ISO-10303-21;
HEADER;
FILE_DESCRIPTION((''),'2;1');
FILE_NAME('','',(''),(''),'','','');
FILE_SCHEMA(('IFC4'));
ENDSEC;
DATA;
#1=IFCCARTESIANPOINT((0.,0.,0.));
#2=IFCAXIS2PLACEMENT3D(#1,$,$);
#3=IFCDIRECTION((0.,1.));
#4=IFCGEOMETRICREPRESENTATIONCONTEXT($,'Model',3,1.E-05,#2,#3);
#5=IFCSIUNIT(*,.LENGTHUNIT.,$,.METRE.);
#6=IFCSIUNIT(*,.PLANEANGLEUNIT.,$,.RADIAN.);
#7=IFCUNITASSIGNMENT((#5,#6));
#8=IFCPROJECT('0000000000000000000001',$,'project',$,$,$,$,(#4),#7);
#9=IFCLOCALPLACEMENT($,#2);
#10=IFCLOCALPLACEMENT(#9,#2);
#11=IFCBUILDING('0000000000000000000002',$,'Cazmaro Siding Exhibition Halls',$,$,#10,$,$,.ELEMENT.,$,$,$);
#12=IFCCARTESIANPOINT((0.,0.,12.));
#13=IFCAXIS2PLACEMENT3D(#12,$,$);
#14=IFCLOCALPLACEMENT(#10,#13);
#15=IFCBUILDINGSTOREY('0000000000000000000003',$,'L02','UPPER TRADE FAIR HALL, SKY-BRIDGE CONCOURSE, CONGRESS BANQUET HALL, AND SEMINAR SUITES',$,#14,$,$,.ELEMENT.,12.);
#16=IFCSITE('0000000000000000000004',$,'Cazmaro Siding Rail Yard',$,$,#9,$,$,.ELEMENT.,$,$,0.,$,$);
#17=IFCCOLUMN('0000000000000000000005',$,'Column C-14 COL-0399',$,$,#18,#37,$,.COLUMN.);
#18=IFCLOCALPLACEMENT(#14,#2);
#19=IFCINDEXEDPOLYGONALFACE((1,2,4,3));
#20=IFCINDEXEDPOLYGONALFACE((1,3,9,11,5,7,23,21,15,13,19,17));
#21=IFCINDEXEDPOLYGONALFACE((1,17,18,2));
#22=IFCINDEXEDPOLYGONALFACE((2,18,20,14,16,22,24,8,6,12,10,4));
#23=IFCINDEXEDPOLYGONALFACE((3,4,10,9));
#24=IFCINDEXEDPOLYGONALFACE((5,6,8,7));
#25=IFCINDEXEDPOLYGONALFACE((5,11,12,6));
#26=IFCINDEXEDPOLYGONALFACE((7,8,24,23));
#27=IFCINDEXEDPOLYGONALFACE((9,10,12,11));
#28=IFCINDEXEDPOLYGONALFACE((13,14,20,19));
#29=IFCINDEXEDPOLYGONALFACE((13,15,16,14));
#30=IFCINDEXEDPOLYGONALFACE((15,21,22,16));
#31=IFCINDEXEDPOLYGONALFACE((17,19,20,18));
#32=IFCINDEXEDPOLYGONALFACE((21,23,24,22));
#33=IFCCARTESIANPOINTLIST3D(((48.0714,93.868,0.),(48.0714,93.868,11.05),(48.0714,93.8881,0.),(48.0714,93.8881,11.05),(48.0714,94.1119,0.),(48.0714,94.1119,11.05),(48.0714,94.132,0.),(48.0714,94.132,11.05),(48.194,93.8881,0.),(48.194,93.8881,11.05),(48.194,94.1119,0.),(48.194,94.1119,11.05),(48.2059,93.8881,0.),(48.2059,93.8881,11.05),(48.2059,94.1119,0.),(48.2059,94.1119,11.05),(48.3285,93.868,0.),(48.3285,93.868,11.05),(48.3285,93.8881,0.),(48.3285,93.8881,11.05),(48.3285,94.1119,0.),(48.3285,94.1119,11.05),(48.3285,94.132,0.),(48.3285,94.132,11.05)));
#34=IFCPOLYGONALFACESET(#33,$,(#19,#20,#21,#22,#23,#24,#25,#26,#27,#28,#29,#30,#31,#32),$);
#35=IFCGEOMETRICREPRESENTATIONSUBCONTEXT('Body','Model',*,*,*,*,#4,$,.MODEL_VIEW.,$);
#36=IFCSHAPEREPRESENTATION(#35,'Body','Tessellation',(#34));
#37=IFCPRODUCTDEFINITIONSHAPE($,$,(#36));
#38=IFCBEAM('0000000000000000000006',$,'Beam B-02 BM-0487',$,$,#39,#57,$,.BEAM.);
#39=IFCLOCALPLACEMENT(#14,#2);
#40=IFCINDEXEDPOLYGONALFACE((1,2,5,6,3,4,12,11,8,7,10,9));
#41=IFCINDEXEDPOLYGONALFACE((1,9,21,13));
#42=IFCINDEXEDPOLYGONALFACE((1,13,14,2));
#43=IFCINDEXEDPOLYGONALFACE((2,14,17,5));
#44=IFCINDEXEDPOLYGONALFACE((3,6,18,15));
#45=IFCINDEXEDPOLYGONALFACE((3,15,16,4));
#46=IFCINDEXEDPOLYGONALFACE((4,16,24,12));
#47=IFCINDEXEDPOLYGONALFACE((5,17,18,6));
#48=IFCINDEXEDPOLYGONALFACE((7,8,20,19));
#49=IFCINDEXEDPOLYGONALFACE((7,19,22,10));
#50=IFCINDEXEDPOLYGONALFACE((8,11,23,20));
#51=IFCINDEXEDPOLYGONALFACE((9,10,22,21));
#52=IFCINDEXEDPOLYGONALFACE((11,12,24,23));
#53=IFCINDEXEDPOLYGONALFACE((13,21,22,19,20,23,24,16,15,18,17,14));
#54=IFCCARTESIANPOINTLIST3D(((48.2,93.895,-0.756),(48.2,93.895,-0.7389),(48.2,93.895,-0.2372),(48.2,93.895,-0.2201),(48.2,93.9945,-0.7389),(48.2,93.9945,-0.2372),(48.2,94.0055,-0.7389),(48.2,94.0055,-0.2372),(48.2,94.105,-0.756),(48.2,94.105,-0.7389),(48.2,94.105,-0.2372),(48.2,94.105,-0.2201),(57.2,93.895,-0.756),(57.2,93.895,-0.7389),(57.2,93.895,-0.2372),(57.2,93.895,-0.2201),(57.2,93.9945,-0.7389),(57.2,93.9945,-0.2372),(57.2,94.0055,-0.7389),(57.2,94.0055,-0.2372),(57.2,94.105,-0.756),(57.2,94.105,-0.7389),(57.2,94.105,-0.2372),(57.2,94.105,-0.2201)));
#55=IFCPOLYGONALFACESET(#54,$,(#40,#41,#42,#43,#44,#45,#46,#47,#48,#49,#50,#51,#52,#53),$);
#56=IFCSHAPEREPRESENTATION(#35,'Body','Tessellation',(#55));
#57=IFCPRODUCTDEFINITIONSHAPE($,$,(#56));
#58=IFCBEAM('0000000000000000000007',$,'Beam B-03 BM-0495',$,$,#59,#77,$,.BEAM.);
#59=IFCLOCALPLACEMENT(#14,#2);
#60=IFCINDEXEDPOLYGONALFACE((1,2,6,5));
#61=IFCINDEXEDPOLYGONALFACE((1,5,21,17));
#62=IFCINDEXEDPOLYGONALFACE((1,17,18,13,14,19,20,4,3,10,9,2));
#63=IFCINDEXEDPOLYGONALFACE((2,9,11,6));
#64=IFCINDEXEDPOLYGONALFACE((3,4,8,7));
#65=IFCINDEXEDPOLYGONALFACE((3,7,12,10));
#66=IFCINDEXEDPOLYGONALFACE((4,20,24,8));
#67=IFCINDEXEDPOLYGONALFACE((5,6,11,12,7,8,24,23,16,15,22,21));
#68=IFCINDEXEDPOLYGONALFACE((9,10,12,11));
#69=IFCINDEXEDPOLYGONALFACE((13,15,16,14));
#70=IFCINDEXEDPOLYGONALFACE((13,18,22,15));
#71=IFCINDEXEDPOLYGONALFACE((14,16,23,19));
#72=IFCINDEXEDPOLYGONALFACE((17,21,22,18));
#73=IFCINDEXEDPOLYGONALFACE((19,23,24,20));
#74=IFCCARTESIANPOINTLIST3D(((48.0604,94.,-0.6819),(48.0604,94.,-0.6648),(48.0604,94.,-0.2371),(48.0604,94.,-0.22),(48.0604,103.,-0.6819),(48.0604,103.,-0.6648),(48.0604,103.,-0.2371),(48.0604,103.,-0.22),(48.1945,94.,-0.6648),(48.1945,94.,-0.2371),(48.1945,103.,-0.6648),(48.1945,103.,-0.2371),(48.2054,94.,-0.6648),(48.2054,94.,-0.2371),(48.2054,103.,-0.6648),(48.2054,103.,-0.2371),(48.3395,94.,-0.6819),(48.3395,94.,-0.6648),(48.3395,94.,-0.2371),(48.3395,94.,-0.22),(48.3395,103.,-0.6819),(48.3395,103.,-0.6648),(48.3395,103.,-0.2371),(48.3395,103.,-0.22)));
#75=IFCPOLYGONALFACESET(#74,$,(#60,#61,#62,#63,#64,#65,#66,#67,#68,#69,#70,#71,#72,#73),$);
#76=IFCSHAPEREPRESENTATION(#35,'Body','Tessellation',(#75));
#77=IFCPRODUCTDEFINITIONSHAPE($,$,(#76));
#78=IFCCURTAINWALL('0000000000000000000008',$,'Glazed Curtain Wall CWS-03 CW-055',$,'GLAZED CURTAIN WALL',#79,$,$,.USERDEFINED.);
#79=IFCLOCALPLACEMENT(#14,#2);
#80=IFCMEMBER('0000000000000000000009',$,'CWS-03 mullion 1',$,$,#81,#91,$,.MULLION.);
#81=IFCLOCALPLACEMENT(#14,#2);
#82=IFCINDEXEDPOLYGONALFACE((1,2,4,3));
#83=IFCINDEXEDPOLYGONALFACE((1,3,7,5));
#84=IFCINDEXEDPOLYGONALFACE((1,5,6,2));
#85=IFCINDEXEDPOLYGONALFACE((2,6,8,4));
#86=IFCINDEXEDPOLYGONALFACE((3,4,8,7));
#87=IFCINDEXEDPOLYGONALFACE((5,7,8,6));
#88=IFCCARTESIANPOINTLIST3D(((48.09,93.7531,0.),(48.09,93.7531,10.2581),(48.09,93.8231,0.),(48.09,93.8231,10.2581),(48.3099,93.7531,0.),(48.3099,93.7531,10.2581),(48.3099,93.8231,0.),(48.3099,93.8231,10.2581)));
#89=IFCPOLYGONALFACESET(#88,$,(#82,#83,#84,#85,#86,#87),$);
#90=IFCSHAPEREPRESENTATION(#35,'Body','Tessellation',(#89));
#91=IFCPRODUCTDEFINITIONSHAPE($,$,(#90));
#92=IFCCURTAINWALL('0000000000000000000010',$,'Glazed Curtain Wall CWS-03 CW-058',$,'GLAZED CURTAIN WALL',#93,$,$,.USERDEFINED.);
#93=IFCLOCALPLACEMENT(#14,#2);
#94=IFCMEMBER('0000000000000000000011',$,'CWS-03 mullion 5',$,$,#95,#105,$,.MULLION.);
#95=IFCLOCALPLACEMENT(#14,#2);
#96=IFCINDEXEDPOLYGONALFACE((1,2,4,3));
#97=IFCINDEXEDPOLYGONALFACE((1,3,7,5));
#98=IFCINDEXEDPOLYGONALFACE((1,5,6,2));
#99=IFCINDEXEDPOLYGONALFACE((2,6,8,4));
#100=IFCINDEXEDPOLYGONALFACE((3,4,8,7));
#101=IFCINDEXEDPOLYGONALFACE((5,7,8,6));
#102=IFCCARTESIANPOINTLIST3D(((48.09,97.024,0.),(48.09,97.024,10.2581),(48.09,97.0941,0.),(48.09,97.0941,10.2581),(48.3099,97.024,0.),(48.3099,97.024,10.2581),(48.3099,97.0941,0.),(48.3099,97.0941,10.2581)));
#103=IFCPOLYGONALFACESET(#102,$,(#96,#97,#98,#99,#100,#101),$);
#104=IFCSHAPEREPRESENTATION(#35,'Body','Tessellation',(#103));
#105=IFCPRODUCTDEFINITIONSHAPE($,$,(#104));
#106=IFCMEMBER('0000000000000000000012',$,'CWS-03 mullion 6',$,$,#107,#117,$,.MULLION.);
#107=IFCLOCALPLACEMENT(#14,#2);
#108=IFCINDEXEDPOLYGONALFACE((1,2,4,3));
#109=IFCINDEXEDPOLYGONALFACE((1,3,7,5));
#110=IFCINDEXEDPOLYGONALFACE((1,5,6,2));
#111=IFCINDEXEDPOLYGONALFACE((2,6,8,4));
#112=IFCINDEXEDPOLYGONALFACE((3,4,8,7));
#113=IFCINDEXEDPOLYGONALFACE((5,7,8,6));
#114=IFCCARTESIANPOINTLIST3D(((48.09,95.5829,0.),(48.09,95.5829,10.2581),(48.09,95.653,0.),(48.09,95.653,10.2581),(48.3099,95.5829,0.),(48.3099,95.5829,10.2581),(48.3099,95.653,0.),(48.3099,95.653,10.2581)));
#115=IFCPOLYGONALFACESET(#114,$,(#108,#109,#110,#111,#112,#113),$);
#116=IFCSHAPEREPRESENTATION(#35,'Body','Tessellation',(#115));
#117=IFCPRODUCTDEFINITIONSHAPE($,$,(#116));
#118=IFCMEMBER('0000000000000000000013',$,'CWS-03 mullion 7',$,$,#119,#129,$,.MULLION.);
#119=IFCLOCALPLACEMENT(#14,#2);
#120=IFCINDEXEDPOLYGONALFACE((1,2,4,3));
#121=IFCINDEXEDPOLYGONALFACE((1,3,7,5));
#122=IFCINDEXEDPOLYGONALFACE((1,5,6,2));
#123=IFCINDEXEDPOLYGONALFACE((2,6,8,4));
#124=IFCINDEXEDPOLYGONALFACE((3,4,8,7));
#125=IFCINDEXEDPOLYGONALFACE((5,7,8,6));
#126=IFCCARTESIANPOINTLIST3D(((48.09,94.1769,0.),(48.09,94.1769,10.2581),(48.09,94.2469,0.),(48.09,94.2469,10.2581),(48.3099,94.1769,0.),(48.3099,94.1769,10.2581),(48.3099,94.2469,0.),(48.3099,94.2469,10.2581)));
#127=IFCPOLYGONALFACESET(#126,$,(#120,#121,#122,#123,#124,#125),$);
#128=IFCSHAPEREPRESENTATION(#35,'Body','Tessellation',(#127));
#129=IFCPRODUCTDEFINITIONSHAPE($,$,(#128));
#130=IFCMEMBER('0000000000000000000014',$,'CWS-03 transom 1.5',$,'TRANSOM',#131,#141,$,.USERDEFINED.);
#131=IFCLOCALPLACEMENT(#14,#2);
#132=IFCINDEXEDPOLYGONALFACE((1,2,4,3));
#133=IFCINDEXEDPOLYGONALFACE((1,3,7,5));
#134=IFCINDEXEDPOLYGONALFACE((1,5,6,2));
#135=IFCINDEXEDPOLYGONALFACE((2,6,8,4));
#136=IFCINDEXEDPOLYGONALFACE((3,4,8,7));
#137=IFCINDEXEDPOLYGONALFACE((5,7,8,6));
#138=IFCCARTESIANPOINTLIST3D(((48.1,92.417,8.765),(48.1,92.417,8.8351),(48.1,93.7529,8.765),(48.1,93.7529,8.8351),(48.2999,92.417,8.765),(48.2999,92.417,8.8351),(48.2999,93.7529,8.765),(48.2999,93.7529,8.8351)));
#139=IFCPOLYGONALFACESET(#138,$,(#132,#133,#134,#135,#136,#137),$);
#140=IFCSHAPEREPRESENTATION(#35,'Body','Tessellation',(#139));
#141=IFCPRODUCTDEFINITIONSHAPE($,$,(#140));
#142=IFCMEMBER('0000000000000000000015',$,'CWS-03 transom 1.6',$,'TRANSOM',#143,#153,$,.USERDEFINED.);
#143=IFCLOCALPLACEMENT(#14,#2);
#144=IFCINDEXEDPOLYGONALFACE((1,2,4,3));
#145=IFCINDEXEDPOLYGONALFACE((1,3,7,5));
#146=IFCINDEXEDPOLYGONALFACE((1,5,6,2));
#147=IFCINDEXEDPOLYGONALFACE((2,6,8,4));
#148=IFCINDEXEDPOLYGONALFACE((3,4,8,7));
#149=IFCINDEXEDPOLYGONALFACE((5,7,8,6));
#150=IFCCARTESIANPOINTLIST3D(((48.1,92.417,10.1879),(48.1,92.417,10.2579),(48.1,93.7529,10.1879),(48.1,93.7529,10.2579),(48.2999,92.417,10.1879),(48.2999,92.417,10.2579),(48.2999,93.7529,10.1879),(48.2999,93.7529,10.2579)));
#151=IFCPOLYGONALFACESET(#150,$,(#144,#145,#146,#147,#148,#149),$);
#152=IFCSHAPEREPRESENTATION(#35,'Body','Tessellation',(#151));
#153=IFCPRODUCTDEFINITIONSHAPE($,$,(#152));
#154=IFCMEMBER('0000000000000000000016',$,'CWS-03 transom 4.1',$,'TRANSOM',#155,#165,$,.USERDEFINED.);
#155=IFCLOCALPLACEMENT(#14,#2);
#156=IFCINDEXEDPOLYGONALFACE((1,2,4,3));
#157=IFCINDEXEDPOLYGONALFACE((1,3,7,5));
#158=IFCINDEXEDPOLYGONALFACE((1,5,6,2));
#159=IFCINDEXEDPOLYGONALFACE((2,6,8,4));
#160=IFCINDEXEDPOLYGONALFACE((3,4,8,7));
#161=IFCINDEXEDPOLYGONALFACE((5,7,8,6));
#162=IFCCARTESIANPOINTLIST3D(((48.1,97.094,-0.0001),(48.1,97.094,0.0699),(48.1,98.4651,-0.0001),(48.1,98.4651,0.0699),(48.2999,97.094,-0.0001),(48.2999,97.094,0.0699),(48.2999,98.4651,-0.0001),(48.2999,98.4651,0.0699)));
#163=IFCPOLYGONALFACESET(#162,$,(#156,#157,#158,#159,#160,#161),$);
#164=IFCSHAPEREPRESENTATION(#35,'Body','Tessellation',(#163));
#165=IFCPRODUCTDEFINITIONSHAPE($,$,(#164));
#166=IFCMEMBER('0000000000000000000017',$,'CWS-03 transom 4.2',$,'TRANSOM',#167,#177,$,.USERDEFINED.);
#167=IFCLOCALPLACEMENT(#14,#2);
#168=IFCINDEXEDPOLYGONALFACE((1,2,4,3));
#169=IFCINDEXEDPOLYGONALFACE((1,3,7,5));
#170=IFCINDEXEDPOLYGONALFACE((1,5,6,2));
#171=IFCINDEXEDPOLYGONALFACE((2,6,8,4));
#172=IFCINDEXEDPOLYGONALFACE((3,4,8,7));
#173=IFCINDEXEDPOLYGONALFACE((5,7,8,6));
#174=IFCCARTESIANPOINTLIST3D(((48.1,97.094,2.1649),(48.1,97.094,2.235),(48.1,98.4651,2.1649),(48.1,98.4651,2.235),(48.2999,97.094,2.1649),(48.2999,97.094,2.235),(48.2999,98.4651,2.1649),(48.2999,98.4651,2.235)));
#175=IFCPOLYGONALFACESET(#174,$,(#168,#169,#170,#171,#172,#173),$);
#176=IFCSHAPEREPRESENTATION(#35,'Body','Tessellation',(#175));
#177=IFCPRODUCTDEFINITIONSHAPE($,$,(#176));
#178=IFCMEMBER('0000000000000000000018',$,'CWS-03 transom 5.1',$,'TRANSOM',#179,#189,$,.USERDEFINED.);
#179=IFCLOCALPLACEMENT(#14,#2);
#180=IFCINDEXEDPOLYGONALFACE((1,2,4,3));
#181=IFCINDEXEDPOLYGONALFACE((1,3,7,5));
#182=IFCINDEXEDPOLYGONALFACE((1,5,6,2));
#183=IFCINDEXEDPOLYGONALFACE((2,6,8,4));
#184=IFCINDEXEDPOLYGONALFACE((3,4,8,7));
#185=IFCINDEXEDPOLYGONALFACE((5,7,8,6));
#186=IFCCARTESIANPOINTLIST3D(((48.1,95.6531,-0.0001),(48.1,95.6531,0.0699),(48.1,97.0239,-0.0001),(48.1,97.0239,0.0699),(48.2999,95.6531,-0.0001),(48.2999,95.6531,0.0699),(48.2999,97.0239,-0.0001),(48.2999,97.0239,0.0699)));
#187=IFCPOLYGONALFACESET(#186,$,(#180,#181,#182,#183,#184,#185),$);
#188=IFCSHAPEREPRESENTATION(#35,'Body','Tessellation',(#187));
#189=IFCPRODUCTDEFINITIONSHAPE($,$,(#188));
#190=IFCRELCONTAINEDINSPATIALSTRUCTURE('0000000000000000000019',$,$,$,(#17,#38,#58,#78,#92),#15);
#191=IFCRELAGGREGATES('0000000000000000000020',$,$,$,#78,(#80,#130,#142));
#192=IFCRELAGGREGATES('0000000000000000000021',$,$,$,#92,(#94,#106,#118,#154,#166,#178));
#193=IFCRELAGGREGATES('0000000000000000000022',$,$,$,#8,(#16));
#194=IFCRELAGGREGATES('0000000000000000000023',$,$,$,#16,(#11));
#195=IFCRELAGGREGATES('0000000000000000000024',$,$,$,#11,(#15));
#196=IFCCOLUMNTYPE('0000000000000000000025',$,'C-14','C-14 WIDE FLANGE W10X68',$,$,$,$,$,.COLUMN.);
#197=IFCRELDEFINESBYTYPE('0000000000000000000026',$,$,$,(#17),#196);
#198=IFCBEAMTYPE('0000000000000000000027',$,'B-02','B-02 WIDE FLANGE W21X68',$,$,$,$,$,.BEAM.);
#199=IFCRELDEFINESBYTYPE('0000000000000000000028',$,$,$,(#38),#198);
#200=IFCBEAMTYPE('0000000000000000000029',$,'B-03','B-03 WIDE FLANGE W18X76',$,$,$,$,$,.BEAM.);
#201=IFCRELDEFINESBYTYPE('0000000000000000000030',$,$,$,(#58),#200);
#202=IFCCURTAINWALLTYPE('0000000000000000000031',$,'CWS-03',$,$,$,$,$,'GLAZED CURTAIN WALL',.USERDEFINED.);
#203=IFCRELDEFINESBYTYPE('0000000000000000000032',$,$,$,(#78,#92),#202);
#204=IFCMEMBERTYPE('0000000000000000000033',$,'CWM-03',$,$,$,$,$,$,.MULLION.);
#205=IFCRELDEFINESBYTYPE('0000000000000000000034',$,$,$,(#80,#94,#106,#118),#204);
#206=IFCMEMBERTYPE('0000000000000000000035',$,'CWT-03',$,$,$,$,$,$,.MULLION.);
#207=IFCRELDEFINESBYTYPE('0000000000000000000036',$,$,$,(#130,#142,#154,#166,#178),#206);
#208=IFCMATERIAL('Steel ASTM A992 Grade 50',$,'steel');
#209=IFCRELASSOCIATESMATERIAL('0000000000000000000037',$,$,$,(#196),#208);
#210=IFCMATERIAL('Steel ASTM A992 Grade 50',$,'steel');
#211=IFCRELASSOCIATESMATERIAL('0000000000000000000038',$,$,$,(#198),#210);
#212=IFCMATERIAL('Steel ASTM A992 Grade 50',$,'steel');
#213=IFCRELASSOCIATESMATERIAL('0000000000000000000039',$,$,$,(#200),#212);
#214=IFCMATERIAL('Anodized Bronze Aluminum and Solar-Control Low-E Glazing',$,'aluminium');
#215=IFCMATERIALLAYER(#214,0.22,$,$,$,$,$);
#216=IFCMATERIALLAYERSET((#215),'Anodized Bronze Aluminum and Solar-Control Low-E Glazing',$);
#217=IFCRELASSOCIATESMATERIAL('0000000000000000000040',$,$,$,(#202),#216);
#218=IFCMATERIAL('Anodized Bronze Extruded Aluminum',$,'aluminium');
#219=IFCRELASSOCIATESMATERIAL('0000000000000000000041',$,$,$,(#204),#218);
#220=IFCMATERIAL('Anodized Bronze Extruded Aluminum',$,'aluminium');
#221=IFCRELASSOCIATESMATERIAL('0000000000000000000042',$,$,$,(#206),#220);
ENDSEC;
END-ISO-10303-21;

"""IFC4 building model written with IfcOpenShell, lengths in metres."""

from ifc_helpers import new_model, si_unit, direction, frame, origin, origin_2d, place, context, subcontext, project, spatial, rectangle, i_section, extrude, material, layer, layer_set, material_profile, profile_set, type_object, element, aggregate, save


model = new_model("IFC4")

# Units and contexts
model_context = context("Model", 3, precision=1e-05, world=origin(), true_north=direction((0.0, 1.0)))
body_context = subcontext(model_context, "Body", "Model", "MODEL_VIEW")
ifc_project = project(units=[si_unit("LENGTHUNIT", "METRE"), si_unit("PLANEANGLEUNIT", "RADIAN")], contexts=[model_context])

# Site, building, storey
site_placement = place(None, origin())
site = spatial("IfcSite", under=ifc_project, at=site_placement, Name="Cazmaro Siding Rail Yard", CompositionType="ELEMENT", RefElevation=0.0)
building_placement = place(site_placement, origin())
building = spatial("IfcBuilding", under=site, at=building_placement, Name="Cazmaro Siding Exhibition Halls", CompositionType="ELEMENT")
storey_placement = place(building_placement, frame((0.0, 0.0, 12.0)))
storey = spatial("IfcBuildingStorey", under=building, at=storey_placement, Name="L02", Description="UPPER TRADE FAIR HALL, SKY-BRIDGE CONCOURSE, CONGRESS BANQUET HALL, AND SEMINAR SUITES", CompositionType="ELEMENT", Elevation=12.0)

# Column
ifc_material_1 = material(Name="Steel ASTM A992 Grade 50", Category="steel")
ifc_material_profile_1 = material_profile(ifc_material_1, i_section(OverallWidth=0.2571, OverallDepth=0.2639, WebThickness=0.012, FlangeThickness=0.02, at=origin_2d()), Name="W10X68")
ifc_profile_set_1 = profile_set([ifc_material_profile_1], Name="Steel ASTM A992 Grade 50")
column_type = type_object("IfcColumnType", Name="C-14", Description="C-14 WIDE FLANGE W10X68", PredefinedType="COLUMN", material=ifc_profile_set_1)
column_placement = place(storey_placement, frame((48.2, 94.0, 0.0), z_axis=(0.0, 0.0, 1.0), x_axis=(1.0, 0.0, 0.0)))
element("IfcColumn", 1, at=column_placement, inside=storey, type_object=column_type, Name="Column C-14 COL-0399", PredefinedType="COLUMN", context=body_context, shape_type="SweptSolid", body=[
    extrude(i_section(OverallWidth=0.2571, OverallDepth=0.2639, WebThickness=0.012, FlangeThickness=0.02, at=origin_2d()), origin(), (0.0, 0.0, 1.0), 11.05),
])

# Beams
ifc_material_2 = material(Name="Steel ASTM A992 Grade 50", Category="steel")
ifc_material_profile_2 = material_profile(ifc_material_2, i_section(OverallWidth=0.21, OverallDepth=0.5359, WebThickness=0.011, FlangeThickness=0.0171, at=origin_2d()), Name="W21X68")
ifc_profile_set_2 = profile_set([ifc_material_profile_2], Name="Steel ASTM A992 Grade 50")
beam_type_1 = type_object("IfcBeamType", Name="B-02", Description="B-02 WIDE FLANGE W21X68", PredefinedType="BEAM", material=ifc_profile_set_2)
beam_1_placement = place(storey_placement, frame((48.2, 94.0, -0.488), z_axis=(1.0, 0.0, 0.0), x_axis=(0.0, 1.0, 0.0)))
element("IfcBeam", 2, at=beam_1_placement, inside=storey, type_object=beam_type_1, Name="Beam B-02 BM-0487", PredefinedType="BEAM", context=body_context, shape_type="SweptSolid", body=[
    extrude(i_section(OverallWidth=0.21, OverallDepth=0.5359, WebThickness=0.011, FlangeThickness=0.0171, at=origin_2d()), origin(), (0.0, 0.0, 1.0), 9.0),
])
ifc_material_3 = material(Name="Steel ASTM A992 Grade 50", Category="steel")
ifc_material_profile_3 = material_profile(ifc_material_3, i_section(OverallWidth=0.2791, OverallDepth=0.4619, WebThickness=0.011, FlangeThickness=0.0171, at=origin_2d()), Name="W18X76")
ifc_profile_set_3 = profile_set([ifc_material_profile_3], Name="Steel ASTM A992 Grade 50")
beam_type_2 = type_object("IfcBeamType", Name="B-03", Description="B-03 WIDE FLANGE W18X76", PredefinedType="BEAM", material=ifc_profile_set_3)
beam_2_placement = place(storey_placement, frame((48.2, 94.0, -0.4509), z_axis=(0.0, 1.0, 0.0), x_axis=(-1.0, 0.0, 0.0)))
element("IfcBeam", 3, at=beam_2_placement, inside=storey, type_object=beam_type_2, Name="Beam B-03 BM-0495", PredefinedType="BEAM", context=body_context, shape_type="SweptSolid", body=[
    extrude(i_section(OverallWidth=0.2791, OverallDepth=0.4619, WebThickness=0.011, FlangeThickness=0.0171, at=origin_2d()), origin(), (0.0, 0.0, 1.0), 9.0),
])

# Curtain wall, member
ifc_material_4 = material(Name="Anodized Bronze Aluminum and Solar-Control Low-E Glazing", Category="aluminium")
ifc_layer_1 = layer(ifc_material_4, 0.22)
ifc_layer_set_1 = layer_set([ifc_layer_1], Name="Anodized Bronze Aluminum and Solar-Control Low-E Glazing")
curtain_wall_type = type_object("IfcCurtainWallType", Name="CWS-03", ElementType="GLAZED CURTAIN WALL", PredefinedType="USERDEFINED", material=ifc_layer_set_1)
curtain_wall_1_placement = place(storey_placement, origin())
curtain_wall_1 = element("IfcCurtainWall", 4, at=curtain_wall_1_placement, inside=storey, type_object=curtain_wall_type, Name="Glazed Curtain Wall CWS-03 CW-055", ObjectType="GLAZED CURTAIN WALL", PredefinedType="USERDEFINED")
ifc_material_5 = material(Name="Anodized Bronze Extruded Aluminum", Category="aluminium")
ifc_material_profile_4 = material_profile(ifc_material_5, rectangle(XDim=0.22, YDim=0.0701, at=origin_2d()), Name="CWM-03")
ifc_profile_set_4 = profile_set([ifc_material_profile_4], Name="Anodized Bronze Extruded Aluminum")
member_type_1 = type_object("IfcMemberType", Name="CWM-03", PredefinedType="MULLION", material=ifc_profile_set_4)
member_1_placement = place(storey_placement, frame((48.2, 93.7881, 0.0), z_axis=(0.0, 0.0, 1.0), x_axis=(1.0, 0.0, 0.0)))
member_1 = element("IfcMember", 5, at=member_1_placement, type_object=member_type_1, Name="CWS-03 mullion 1", PredefinedType="MULLION", context=body_context, shape_type="SweptSolid", body=[
    extrude(rectangle(XDim=0.22, YDim=0.0701, at=origin_2d()), origin(), (0.0, 0.0, 1.0), 10.2581),
])

# Curtain wall, members
curtain_wall_2_placement = place(storey_placement, origin())
curtain_wall_2 = element("IfcCurtainWall", 6, at=curtain_wall_2_placement, inside=storey, type_object=curtain_wall_type, Name="Glazed Curtain Wall CWS-03 CW-058", ObjectType="GLAZED CURTAIN WALL", PredefinedType="USERDEFINED")
member_2_placement = place(storey_placement, frame((48.2, 97.0591, 0.0), z_axis=(0.0, 0.0, 1.0), x_axis=(1.0, 0.0, 0.0)))
member_2 = element("IfcMember", 7, at=member_2_placement, type_object=member_type_1, Name="CWS-03 mullion 5", PredefinedType="MULLION", context=body_context, shape_type="SweptSolid", body=[
    extrude(rectangle(XDim=0.22, YDim=0.0701, at=origin_2d()), origin(), (0.0, 0.0, 1.0), 10.2581),
])
member_3_placement = place(storey_placement, frame((48.2, 95.6179, 0.0), z_axis=(0.0, 0.0, 1.0), x_axis=(1.0, 0.0, 0.0)))
member_3 = element("IfcMember", 8, at=member_3_placement, type_object=member_type_1, Name="CWS-03 mullion 6", PredefinedType="MULLION", context=body_context, shape_type="SweptSolid", body=[
    extrude(rectangle(XDim=0.22, YDim=0.0701, at=origin_2d()), origin(), (0.0, 0.0, 1.0), 10.2581),
])
member_4_placement = place(storey_placement, frame((48.2, 94.2119, 0.0), z_axis=(0.0, 0.0, 1.0), x_axis=(1.0, 0.0, 0.0)))
member_4 = element("IfcMember", 9, at=member_4_placement, type_object=member_type_1, Name="CWS-03 mullion 7", PredefinedType="MULLION", context=body_context, shape_type="SweptSolid", body=[
    extrude(rectangle(XDim=0.22, YDim=0.0701, at=origin_2d()), origin(), (0.0, 0.0, 1.0), 10.2581),
])

# Members
ifc_material_6 = material(Name="Anodized Bronze Extruded Aluminum", Category="aluminium")
ifc_material_profile_5 = material_profile(ifc_material_6, rectangle(XDim=0.2, YDim=0.0701, at=origin_2d()), Name="CWT-03")
ifc_profile_set_5 = profile_set([ifc_material_profile_5], Name="Anodized Bronze Extruded Aluminum")
member_type_2 = type_object("IfcMemberType", Name="CWT-03", PredefinedType="MULLION", material=ifc_profile_set_5)
member_5_placement = place(storey_placement, frame((48.2, 93.7529, 8.8), z_axis=(0.0, -1.0, 0.0), x_axis=(1.0, 0.0, 0.0)))
member_5 = element("IfcMember", 10, at=member_5_placement, type_object=member_type_2, Name="CWS-03 transom 1.5", ObjectType="TRANSOM", PredefinedType="USERDEFINED", context=body_context, shape_type="SweptSolid", body=[
    extrude(rectangle(XDim=0.2, YDim=0.0701, at=origin_2d()), origin(), (0.0, 0.0, 1.0), 1.3359),
])
member_6_placement = place(storey_placement, frame((48.2, 93.7529, 10.2229), z_axis=(0.0, -1.0, 0.0), x_axis=(1.0, 0.0, 0.0)))
member_6 = element("IfcMember", 11, at=member_6_placement, type_object=member_type_2, Name="CWS-03 transom 1.6", ObjectType="TRANSOM", PredefinedType="USERDEFINED", context=body_context, shape_type="SweptSolid", body=[
    extrude(rectangle(XDim=0.2, YDim=0.0701, at=origin_2d()), origin(), (0.0, 0.0, 1.0), 1.3359),
])
aggregate(curtain_wall_1, [member_1, member_5, member_6])
member_7_placement = place(storey_placement, frame((48.2, 98.4651, 0.0349), z_axis=(0.0, -1.0, 0.0), x_axis=(1.0, 0.0, 0.0)))
member_7 = element("IfcMember", 12, at=member_7_placement, type_object=member_type_2, Name="CWS-03 transom 4.1", ObjectType="TRANSOM", PredefinedType="USERDEFINED", context=body_context, shape_type="SweptSolid", body=[
    extrude(rectangle(XDim=0.2, YDim=0.0701, at=origin_2d()), origin(), (0.0, 0.0, 1.0), 1.3711),
])
member_8_placement = place(storey_placement, frame((48.2, 98.4651, 2.2), z_axis=(0.0, -1.0, 0.0), x_axis=(1.0, 0.0, 0.0)))
member_8 = element("IfcMember", 13, at=member_8_placement, type_object=member_type_2, Name="CWS-03 transom 4.2", ObjectType="TRANSOM", PredefinedType="USERDEFINED", context=body_context, shape_type="SweptSolid", body=[
    extrude(rectangle(XDim=0.2, YDim=0.0701, at=origin_2d()), origin(), (0.0, 0.0, 1.0), 1.3711),
])
member_9_placement = place(storey_placement, frame((48.2, 97.0239, 0.0349), z_axis=(0.0, -1.0, 0.0), x_axis=(1.0, 0.0, 0.0)))
member_9 = element("IfcMember", 14, at=member_9_placement, type_object=member_type_2, Name="CWS-03 transom 5.1", ObjectType="TRANSOM", PredefinedType="USERDEFINED", context=body_context, shape_type="SweptSolid", body=[
    extrude(rectangle(XDim=0.2, YDim=0.0701, at=origin_2d()), origin(), (0.0, 0.0, 1.0), 1.3708),
])

aggregate(curtain_wall_2, [member_2, member_3, member_4, member_7, member_8, member_9])

save(model, "model.ifc")
